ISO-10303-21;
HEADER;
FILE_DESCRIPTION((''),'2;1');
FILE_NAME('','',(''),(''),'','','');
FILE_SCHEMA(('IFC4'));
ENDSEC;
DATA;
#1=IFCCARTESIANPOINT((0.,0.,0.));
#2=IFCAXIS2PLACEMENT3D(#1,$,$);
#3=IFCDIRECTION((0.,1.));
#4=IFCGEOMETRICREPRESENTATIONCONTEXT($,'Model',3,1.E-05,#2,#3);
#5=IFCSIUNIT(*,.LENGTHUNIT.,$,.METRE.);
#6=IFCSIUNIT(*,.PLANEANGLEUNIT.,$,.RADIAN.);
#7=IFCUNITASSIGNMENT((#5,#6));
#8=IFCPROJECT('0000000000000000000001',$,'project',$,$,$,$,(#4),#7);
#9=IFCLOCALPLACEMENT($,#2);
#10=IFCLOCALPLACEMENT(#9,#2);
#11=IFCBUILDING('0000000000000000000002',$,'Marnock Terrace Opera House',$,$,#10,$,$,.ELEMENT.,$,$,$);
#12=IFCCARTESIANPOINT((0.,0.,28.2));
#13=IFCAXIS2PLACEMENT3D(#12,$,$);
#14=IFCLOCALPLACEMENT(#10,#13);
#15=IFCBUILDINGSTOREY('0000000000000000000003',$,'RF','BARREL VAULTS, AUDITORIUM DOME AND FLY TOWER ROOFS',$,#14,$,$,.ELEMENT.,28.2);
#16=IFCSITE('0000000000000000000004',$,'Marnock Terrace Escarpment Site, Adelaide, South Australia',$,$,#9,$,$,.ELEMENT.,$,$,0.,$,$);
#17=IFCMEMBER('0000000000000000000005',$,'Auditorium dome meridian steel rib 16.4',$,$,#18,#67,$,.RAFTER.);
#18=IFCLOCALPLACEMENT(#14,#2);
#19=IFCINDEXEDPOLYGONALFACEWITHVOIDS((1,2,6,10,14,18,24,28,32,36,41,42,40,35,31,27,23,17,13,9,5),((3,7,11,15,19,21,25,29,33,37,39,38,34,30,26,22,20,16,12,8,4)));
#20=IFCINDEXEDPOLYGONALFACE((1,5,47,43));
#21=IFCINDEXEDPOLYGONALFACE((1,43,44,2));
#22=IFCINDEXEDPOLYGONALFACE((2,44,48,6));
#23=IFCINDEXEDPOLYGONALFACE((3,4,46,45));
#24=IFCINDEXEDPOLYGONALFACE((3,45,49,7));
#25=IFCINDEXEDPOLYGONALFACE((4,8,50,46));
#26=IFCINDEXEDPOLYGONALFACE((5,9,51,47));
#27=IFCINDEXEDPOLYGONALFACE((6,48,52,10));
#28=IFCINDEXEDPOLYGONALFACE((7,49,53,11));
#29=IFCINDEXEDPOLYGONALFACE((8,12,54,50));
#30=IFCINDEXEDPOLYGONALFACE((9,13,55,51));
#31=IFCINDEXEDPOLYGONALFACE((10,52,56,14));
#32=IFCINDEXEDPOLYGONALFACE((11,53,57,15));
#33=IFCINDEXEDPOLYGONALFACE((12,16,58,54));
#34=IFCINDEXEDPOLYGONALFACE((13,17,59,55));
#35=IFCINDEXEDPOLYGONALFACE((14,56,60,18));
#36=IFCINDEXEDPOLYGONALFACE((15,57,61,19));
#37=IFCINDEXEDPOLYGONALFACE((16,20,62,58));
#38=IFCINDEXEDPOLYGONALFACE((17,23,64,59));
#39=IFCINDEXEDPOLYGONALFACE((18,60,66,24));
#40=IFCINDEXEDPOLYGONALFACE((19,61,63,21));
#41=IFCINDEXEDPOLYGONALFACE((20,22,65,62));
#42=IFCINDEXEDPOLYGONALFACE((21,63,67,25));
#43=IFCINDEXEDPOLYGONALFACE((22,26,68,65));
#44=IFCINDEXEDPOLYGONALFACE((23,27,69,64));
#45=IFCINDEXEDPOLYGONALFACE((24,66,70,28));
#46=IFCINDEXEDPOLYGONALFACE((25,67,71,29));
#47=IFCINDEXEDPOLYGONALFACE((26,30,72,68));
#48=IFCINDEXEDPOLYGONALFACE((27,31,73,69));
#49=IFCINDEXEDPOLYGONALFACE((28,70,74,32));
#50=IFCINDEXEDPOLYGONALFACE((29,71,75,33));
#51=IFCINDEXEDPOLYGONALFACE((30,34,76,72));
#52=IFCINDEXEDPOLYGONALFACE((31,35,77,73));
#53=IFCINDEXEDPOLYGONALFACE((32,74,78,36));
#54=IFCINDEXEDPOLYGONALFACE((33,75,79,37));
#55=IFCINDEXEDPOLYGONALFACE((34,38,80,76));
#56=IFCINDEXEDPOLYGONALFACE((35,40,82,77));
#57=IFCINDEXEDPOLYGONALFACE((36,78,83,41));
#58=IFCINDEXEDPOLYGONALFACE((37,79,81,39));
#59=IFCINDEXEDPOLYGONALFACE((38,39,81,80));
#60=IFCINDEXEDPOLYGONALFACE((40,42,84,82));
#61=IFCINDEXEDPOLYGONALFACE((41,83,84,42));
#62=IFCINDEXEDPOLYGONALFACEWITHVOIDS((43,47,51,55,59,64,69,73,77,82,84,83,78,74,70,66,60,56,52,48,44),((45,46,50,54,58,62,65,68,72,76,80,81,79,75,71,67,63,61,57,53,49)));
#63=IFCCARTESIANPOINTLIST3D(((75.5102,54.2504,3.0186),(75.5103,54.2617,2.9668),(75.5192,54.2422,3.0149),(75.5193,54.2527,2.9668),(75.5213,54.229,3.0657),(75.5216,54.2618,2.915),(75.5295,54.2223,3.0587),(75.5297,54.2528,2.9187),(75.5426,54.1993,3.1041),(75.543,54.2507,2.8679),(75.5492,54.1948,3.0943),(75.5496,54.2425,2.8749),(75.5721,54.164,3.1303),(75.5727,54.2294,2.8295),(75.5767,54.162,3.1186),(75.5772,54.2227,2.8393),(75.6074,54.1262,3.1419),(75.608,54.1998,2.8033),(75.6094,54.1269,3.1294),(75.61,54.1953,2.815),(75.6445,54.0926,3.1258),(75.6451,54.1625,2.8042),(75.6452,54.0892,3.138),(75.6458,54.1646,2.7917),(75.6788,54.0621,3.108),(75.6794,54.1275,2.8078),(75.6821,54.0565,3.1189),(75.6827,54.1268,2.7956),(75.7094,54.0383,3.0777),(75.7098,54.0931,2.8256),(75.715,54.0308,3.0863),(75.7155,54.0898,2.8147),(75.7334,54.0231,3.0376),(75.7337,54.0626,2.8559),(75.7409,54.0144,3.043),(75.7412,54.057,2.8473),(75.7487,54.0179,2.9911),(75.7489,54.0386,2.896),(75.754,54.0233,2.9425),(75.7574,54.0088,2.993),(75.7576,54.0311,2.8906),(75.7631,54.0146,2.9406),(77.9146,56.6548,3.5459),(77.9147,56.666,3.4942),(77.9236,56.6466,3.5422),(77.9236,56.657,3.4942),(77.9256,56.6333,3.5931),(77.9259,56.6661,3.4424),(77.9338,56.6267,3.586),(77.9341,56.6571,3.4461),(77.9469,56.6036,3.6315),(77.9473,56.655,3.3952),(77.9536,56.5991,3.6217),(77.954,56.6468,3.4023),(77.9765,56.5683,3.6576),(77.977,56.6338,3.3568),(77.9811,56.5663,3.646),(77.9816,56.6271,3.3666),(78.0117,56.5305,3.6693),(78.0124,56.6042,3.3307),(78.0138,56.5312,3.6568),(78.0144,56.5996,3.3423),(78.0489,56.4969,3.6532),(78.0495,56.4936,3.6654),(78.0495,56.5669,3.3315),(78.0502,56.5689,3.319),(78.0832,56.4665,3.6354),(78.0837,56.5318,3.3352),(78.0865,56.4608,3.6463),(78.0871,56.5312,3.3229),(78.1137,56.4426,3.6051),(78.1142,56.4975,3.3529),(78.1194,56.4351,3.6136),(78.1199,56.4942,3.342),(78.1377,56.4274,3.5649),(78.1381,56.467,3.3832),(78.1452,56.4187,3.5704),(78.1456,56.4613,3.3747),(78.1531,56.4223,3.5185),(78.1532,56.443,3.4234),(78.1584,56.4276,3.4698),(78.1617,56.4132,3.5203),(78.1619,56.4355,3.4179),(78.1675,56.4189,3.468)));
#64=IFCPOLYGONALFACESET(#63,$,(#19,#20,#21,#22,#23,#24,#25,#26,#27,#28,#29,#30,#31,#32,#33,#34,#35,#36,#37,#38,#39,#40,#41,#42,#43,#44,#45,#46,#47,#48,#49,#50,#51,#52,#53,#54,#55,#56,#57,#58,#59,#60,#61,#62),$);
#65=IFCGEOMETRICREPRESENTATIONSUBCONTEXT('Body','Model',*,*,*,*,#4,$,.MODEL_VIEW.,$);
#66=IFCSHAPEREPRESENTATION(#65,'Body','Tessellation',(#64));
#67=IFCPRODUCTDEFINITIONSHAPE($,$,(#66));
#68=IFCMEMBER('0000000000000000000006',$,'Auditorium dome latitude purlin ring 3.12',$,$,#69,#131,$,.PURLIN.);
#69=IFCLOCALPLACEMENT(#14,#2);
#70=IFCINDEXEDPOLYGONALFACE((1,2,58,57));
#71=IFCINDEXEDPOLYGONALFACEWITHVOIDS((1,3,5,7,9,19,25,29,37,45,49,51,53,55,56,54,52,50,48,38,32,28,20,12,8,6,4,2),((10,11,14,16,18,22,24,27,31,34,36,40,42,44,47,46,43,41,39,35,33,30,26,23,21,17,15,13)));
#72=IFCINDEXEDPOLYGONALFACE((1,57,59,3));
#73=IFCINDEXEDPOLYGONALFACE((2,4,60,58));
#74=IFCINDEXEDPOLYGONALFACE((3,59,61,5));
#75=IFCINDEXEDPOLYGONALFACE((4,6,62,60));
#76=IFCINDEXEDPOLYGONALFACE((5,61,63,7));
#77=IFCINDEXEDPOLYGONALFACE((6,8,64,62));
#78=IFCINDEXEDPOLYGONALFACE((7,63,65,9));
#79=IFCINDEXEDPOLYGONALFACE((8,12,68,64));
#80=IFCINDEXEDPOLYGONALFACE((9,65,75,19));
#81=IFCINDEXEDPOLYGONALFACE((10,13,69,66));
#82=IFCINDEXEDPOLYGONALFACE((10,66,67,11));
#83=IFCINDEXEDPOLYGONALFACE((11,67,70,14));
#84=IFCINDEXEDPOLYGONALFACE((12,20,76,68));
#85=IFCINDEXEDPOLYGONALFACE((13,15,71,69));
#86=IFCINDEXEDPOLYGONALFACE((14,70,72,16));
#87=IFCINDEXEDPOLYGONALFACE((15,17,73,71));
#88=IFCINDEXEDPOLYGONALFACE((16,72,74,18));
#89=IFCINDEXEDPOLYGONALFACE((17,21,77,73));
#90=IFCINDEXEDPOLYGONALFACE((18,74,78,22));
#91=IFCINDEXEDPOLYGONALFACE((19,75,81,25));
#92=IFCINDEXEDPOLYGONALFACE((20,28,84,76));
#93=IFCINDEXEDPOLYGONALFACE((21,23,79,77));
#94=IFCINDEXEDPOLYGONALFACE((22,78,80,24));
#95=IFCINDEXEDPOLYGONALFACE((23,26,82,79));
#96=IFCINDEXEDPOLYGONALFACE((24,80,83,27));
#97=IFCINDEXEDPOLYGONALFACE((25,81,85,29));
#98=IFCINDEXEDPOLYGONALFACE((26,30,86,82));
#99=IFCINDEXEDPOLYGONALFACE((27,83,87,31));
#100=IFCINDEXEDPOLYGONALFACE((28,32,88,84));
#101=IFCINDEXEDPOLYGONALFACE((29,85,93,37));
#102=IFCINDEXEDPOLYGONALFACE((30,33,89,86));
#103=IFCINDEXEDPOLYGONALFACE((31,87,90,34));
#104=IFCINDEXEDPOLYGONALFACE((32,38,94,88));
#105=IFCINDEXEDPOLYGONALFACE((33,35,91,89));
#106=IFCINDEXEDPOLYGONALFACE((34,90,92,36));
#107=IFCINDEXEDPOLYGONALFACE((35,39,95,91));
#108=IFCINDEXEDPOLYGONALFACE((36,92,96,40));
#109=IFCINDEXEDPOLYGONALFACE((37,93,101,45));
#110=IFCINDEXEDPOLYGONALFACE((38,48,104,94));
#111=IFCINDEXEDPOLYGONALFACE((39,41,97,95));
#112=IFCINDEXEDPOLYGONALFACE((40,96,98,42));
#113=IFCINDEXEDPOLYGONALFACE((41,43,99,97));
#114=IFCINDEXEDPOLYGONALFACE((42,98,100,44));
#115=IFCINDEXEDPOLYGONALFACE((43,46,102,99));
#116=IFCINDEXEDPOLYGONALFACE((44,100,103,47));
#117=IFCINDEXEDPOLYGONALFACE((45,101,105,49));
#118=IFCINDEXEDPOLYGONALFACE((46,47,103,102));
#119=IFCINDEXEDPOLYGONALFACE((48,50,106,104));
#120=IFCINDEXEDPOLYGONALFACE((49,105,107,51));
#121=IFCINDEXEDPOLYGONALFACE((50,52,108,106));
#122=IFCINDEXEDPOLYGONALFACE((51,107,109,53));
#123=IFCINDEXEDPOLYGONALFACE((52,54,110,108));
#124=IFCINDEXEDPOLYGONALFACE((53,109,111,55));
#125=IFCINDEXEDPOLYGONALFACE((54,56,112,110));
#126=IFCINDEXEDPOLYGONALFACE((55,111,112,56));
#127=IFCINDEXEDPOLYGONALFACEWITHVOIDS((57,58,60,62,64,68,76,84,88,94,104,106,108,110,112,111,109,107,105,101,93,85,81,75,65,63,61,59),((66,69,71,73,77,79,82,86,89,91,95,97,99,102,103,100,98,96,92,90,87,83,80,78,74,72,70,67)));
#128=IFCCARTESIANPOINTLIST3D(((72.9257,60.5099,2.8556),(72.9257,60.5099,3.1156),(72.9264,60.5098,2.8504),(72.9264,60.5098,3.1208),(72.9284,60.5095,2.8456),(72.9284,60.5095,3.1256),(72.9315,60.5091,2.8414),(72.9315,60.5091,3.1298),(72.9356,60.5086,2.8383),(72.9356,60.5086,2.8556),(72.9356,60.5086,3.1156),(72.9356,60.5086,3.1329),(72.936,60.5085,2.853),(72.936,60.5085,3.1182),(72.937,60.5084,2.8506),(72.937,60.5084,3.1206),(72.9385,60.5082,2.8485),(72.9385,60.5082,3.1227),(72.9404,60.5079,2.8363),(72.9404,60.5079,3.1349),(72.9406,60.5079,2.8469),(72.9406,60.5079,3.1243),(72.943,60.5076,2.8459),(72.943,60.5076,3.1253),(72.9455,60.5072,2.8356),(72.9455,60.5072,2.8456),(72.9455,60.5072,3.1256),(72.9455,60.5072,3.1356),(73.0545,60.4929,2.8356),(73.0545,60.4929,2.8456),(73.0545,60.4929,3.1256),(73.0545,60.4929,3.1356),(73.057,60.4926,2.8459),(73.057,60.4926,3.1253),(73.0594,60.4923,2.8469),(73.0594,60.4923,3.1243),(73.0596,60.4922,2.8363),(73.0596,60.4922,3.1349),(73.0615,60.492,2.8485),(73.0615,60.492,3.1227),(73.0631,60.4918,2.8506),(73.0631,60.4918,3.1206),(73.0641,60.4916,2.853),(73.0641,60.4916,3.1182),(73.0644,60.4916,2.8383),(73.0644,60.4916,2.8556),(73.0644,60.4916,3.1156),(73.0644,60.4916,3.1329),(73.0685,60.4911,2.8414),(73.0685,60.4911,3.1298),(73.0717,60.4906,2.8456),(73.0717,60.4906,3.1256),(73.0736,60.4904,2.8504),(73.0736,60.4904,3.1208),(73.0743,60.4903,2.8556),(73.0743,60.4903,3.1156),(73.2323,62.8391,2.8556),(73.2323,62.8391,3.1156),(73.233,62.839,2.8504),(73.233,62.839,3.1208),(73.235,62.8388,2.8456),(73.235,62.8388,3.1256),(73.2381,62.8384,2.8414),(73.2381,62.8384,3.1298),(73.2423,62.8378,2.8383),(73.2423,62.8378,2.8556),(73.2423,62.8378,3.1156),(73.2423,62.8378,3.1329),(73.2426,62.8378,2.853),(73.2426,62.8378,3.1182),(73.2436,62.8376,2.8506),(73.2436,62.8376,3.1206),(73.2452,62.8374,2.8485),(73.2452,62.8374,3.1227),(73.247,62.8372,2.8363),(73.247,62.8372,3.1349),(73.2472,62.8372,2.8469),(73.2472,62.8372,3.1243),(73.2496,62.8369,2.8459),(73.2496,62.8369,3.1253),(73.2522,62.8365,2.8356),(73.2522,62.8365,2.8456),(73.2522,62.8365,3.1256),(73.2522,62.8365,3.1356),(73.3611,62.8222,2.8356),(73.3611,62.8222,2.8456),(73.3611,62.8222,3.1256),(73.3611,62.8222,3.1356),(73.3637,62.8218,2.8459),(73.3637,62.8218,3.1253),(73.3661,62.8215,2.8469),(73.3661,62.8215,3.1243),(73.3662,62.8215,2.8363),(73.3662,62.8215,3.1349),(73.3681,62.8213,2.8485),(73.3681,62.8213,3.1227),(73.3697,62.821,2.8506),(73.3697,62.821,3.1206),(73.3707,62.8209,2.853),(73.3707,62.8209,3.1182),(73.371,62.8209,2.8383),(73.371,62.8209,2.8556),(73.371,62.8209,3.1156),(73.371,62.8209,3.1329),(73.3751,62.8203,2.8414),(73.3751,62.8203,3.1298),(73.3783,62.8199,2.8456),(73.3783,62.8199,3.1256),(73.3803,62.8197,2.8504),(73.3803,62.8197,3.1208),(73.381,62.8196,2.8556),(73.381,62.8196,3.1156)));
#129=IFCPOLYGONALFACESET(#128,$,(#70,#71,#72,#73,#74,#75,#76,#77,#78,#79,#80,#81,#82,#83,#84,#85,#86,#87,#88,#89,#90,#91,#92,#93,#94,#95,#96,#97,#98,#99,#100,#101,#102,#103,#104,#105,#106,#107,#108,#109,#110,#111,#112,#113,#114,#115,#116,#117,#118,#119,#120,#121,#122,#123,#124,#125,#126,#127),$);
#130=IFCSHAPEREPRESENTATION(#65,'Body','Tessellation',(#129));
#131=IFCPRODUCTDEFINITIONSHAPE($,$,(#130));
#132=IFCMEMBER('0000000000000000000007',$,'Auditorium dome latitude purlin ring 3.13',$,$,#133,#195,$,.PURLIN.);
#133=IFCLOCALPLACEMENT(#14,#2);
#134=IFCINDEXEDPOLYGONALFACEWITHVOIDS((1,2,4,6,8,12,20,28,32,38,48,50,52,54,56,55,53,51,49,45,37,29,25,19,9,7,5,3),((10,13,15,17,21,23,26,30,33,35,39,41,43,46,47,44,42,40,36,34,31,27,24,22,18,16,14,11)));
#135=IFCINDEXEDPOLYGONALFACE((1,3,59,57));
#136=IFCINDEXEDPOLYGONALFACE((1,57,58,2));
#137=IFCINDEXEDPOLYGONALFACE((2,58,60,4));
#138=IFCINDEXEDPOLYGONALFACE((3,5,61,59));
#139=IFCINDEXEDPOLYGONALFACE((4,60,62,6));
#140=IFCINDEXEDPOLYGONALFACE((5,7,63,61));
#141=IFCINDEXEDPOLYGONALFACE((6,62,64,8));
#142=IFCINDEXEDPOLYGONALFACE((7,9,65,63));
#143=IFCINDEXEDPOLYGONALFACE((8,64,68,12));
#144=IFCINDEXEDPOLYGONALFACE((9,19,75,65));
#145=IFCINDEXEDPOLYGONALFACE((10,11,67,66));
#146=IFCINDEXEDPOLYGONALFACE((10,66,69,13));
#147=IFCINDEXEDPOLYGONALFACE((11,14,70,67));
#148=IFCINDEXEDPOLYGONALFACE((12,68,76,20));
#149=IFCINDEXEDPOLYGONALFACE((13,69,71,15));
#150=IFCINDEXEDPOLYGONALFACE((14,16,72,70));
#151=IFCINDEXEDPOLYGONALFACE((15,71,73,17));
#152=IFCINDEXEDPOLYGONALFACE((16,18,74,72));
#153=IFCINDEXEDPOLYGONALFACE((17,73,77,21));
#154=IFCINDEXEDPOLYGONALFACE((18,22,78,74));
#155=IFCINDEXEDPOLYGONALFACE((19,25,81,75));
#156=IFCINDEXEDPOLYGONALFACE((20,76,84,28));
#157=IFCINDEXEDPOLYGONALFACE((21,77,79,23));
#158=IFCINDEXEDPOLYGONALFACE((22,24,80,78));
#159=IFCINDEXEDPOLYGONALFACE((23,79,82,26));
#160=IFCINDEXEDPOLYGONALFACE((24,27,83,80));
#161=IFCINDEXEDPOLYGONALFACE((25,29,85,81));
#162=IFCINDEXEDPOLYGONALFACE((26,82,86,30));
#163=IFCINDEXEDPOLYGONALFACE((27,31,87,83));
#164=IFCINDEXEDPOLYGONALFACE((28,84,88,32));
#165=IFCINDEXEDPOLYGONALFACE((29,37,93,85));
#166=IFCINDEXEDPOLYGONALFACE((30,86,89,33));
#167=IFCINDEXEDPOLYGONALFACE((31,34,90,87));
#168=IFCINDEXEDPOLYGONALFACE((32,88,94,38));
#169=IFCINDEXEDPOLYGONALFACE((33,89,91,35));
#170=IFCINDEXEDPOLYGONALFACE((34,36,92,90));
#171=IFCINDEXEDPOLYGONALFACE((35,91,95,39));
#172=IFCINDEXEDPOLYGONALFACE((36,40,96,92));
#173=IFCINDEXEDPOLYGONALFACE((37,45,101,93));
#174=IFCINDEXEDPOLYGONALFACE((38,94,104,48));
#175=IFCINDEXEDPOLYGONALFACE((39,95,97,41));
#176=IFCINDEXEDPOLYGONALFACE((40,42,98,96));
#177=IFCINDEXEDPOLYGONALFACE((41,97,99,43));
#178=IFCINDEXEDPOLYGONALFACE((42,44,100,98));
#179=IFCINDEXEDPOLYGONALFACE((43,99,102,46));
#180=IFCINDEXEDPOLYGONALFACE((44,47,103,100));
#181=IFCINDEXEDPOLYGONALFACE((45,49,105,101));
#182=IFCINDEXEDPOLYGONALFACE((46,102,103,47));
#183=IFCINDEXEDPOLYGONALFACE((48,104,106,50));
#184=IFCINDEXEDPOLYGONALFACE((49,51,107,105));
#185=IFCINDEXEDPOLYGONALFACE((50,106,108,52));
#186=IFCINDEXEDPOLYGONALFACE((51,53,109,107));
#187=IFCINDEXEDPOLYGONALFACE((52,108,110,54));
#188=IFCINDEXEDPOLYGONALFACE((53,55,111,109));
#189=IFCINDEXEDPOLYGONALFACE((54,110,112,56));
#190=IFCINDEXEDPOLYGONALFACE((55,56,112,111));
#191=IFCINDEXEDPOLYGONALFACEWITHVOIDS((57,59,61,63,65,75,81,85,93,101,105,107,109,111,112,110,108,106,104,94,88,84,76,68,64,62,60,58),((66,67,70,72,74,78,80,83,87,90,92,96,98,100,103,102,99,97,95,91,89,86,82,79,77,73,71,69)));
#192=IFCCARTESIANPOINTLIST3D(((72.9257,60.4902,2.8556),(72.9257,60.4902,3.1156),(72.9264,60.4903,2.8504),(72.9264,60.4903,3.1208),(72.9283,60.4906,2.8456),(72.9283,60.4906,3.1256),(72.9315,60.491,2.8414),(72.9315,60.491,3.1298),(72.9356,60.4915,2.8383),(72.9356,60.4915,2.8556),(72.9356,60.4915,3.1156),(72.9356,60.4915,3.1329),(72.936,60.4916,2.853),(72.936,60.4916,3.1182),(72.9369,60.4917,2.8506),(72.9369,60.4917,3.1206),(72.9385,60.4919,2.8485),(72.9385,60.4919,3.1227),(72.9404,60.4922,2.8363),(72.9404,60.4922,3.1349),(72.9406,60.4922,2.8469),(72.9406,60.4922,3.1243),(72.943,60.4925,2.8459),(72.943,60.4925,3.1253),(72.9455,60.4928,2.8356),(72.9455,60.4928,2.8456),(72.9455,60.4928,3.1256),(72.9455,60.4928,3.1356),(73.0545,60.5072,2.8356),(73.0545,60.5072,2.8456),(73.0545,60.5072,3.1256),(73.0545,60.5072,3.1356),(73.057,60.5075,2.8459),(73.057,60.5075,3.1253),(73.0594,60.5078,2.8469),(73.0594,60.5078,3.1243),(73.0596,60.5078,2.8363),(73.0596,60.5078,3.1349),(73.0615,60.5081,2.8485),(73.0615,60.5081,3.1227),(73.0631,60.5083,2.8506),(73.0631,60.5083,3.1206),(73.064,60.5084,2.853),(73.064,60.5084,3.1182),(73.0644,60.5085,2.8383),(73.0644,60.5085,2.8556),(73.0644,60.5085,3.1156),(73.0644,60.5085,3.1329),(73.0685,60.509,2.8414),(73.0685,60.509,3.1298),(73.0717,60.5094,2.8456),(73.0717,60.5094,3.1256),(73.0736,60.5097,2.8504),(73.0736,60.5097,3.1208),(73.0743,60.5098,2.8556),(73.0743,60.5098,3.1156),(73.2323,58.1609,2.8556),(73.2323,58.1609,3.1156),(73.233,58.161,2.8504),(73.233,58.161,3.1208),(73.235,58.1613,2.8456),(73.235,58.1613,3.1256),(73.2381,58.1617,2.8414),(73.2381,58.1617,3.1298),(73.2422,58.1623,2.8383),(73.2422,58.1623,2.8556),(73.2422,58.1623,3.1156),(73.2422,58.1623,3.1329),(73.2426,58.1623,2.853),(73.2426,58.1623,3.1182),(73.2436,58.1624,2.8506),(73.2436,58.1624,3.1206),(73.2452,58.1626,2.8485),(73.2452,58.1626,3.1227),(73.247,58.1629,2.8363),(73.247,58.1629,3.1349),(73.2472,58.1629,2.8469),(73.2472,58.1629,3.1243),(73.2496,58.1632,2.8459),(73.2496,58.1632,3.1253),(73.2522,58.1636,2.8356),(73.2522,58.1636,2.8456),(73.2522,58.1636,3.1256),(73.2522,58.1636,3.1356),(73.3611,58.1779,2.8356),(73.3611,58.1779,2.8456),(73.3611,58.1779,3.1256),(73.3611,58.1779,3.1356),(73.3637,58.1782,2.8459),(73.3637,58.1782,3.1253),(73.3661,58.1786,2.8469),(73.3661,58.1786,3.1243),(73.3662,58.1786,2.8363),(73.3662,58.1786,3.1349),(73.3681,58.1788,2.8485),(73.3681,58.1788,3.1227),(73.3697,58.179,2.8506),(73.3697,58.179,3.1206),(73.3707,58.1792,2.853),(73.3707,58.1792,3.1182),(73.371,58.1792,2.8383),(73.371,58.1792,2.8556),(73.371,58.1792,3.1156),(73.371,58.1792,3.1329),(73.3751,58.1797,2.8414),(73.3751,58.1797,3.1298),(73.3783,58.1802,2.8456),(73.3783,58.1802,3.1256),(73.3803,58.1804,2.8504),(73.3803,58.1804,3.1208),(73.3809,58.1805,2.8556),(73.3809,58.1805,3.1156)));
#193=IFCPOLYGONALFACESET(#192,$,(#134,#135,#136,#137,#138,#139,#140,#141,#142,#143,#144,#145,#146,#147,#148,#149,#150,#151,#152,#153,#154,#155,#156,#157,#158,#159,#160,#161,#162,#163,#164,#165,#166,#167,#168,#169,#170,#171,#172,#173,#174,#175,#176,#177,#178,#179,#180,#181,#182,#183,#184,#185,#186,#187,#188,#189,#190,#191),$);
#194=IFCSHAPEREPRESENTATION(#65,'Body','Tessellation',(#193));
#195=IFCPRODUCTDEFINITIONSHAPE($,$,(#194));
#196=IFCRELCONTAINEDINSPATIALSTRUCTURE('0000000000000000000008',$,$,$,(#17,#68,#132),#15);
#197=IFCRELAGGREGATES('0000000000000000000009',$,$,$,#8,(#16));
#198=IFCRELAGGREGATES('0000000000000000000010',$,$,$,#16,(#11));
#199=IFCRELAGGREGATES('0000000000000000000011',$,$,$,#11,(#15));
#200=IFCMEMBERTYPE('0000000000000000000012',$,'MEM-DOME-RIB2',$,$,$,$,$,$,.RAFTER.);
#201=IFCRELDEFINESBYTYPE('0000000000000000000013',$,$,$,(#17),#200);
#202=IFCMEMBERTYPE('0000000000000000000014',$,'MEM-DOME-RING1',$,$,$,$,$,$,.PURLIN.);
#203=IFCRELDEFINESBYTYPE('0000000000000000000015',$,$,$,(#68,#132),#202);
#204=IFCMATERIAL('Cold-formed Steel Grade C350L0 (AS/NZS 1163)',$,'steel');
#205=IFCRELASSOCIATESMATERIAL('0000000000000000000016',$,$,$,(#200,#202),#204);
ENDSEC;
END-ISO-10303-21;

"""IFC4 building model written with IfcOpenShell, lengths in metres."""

from ifc_helpers import new_model, si_unit, direction, frame, origin, origin_2d, place, context, subcontext, project, spatial, hollow_rectangle, hollow_circle, extrude, material, material_profile, profile_set, type_object, element, save


model = new_model("IFC4")

# Units and contexts
model_context = context("Model", 3, precision=1e-05, world=origin(), true_north=direction((0.0, 1.0)))
body_context = subcontext(model_context, "Body", "Model", "MODEL_VIEW")
ifc_project = project(units=[si_unit("LENGTHUNIT", "METRE"), si_unit("PLANEANGLEUNIT", "RADIAN")], contexts=[model_context])

# Site, building, storey
site_placement = place(None, origin())
site = spatial("IfcSite", under=ifc_project, at=site_placement, Name="Marnock Terrace Escarpment Site, Adelaide, South Australia", CompositionType="ELEMENT", RefElevation=0.0)
building_placement = place(site_placement, origin())
building = spatial("IfcBuilding", under=site, at=building_placement, Name="Marnock Terrace Opera House", CompositionType="ELEMENT")
storey_placement = place(building_placement, frame((0.0, 0.0, 28.2)))
storey = spatial("IfcBuildingStorey", under=building, at=storey_placement, Name="RF", Description="BARREL VAULTS, AUDITORIUM DOME AND FLY TOWER ROOFS", CompositionType="ELEMENT", Elevation=28.2)

# Members
ifc_material_1 = material(Name="Cold-formed Steel Grade C350L0 (AS/NZS 1163)", Category="steel")
ifc_material_profile_1 = material_profile(ifc_material_1, hollow_circle(Radius=0.1777, WallThickness=0.0127, at=origin_2d()))
ifc_profile_set_1 = profile_set([ifc_material_profile_1], Name="Cold-formed Steel Grade C350L0 (AS/NZS 1163)")
member_type_1 = type_object("IfcMemberType", Name="MEM-DOME-RIB2", PredefinedType="RAFTER", material=ifc_profile_set_1)
member_1_placement = place(storey_placement, frame((75.636, 54.136, 2.9668), z_axis=(0.698753, 0.698753, 0.15326), x_axis=(-0.707107, 0.707107, 0.0)))
element("IfcMember", 1, at=member_1_placement, inside=storey, type_object=member_type_1, Name="Auditorium dome meridian steel rib 16.4", PredefinedType="RAFTER", context=body_context, shape_type="SweptSolid", body=[
    extrude(hollow_circle(Radius=0.1777, WallThickness=0.0127, at=origin_2d()), origin(), (0.0, 0.0, 1.0), 3.4409),
])
ifc_material_profile_2 = material_profile(ifc_material_1, hollow_rectangle(XDim=0.1499, YDim=0.3, WallThickness=0.01, InnerFilletRadius=0.01, OuterFilletRadius=0.02, at=origin_2d()))
ifc_profile_set_2 = profile_set([ifc_material_profile_2], Name="Cold-formed Steel Grade C350L0 (AS/NZS 1163)")
member_type_2 = type_object("IfcMemberType", Name="MEM-DOME-RING1", PredefinedType="PURLIN", material=ifc_profile_set_2)
for number, where, z_axis, x_axis, name in (
    (2, (73.3066, 62.8293, 2.9856), (-0.130516, -0.991446, 0.0), (0.991446, -0.130516, 0.0), "Auditorium dome latitude purlin ring 3.12"),
    (3, (73.0, 60.5, 2.9856), (0.130516, -0.991446, 0.0), (0.991446, 0.130516, 0.0), "Auditorium dome latitude purlin ring 3.13"),
):
    element("IfcMember", number, at=place(storey_placement, frame(where, z_axis=z_axis, x_axis=x_axis)), inside=storey, type_object=member_type_2, Name=name, PredefinedType="PURLIN", context=body_context, shape_type="SweptSolid", body=[
        extrude(hollow_rectangle(XDim=0.1499, YDim=0.3, WallThickness=0.01, InnerFilletRadius=0.01, OuterFilletRadius=0.02, at=origin_2d()), origin(), (0.0, 0.0, 1.0), 2.3494),
    ])

save(model, "model.ifc")
